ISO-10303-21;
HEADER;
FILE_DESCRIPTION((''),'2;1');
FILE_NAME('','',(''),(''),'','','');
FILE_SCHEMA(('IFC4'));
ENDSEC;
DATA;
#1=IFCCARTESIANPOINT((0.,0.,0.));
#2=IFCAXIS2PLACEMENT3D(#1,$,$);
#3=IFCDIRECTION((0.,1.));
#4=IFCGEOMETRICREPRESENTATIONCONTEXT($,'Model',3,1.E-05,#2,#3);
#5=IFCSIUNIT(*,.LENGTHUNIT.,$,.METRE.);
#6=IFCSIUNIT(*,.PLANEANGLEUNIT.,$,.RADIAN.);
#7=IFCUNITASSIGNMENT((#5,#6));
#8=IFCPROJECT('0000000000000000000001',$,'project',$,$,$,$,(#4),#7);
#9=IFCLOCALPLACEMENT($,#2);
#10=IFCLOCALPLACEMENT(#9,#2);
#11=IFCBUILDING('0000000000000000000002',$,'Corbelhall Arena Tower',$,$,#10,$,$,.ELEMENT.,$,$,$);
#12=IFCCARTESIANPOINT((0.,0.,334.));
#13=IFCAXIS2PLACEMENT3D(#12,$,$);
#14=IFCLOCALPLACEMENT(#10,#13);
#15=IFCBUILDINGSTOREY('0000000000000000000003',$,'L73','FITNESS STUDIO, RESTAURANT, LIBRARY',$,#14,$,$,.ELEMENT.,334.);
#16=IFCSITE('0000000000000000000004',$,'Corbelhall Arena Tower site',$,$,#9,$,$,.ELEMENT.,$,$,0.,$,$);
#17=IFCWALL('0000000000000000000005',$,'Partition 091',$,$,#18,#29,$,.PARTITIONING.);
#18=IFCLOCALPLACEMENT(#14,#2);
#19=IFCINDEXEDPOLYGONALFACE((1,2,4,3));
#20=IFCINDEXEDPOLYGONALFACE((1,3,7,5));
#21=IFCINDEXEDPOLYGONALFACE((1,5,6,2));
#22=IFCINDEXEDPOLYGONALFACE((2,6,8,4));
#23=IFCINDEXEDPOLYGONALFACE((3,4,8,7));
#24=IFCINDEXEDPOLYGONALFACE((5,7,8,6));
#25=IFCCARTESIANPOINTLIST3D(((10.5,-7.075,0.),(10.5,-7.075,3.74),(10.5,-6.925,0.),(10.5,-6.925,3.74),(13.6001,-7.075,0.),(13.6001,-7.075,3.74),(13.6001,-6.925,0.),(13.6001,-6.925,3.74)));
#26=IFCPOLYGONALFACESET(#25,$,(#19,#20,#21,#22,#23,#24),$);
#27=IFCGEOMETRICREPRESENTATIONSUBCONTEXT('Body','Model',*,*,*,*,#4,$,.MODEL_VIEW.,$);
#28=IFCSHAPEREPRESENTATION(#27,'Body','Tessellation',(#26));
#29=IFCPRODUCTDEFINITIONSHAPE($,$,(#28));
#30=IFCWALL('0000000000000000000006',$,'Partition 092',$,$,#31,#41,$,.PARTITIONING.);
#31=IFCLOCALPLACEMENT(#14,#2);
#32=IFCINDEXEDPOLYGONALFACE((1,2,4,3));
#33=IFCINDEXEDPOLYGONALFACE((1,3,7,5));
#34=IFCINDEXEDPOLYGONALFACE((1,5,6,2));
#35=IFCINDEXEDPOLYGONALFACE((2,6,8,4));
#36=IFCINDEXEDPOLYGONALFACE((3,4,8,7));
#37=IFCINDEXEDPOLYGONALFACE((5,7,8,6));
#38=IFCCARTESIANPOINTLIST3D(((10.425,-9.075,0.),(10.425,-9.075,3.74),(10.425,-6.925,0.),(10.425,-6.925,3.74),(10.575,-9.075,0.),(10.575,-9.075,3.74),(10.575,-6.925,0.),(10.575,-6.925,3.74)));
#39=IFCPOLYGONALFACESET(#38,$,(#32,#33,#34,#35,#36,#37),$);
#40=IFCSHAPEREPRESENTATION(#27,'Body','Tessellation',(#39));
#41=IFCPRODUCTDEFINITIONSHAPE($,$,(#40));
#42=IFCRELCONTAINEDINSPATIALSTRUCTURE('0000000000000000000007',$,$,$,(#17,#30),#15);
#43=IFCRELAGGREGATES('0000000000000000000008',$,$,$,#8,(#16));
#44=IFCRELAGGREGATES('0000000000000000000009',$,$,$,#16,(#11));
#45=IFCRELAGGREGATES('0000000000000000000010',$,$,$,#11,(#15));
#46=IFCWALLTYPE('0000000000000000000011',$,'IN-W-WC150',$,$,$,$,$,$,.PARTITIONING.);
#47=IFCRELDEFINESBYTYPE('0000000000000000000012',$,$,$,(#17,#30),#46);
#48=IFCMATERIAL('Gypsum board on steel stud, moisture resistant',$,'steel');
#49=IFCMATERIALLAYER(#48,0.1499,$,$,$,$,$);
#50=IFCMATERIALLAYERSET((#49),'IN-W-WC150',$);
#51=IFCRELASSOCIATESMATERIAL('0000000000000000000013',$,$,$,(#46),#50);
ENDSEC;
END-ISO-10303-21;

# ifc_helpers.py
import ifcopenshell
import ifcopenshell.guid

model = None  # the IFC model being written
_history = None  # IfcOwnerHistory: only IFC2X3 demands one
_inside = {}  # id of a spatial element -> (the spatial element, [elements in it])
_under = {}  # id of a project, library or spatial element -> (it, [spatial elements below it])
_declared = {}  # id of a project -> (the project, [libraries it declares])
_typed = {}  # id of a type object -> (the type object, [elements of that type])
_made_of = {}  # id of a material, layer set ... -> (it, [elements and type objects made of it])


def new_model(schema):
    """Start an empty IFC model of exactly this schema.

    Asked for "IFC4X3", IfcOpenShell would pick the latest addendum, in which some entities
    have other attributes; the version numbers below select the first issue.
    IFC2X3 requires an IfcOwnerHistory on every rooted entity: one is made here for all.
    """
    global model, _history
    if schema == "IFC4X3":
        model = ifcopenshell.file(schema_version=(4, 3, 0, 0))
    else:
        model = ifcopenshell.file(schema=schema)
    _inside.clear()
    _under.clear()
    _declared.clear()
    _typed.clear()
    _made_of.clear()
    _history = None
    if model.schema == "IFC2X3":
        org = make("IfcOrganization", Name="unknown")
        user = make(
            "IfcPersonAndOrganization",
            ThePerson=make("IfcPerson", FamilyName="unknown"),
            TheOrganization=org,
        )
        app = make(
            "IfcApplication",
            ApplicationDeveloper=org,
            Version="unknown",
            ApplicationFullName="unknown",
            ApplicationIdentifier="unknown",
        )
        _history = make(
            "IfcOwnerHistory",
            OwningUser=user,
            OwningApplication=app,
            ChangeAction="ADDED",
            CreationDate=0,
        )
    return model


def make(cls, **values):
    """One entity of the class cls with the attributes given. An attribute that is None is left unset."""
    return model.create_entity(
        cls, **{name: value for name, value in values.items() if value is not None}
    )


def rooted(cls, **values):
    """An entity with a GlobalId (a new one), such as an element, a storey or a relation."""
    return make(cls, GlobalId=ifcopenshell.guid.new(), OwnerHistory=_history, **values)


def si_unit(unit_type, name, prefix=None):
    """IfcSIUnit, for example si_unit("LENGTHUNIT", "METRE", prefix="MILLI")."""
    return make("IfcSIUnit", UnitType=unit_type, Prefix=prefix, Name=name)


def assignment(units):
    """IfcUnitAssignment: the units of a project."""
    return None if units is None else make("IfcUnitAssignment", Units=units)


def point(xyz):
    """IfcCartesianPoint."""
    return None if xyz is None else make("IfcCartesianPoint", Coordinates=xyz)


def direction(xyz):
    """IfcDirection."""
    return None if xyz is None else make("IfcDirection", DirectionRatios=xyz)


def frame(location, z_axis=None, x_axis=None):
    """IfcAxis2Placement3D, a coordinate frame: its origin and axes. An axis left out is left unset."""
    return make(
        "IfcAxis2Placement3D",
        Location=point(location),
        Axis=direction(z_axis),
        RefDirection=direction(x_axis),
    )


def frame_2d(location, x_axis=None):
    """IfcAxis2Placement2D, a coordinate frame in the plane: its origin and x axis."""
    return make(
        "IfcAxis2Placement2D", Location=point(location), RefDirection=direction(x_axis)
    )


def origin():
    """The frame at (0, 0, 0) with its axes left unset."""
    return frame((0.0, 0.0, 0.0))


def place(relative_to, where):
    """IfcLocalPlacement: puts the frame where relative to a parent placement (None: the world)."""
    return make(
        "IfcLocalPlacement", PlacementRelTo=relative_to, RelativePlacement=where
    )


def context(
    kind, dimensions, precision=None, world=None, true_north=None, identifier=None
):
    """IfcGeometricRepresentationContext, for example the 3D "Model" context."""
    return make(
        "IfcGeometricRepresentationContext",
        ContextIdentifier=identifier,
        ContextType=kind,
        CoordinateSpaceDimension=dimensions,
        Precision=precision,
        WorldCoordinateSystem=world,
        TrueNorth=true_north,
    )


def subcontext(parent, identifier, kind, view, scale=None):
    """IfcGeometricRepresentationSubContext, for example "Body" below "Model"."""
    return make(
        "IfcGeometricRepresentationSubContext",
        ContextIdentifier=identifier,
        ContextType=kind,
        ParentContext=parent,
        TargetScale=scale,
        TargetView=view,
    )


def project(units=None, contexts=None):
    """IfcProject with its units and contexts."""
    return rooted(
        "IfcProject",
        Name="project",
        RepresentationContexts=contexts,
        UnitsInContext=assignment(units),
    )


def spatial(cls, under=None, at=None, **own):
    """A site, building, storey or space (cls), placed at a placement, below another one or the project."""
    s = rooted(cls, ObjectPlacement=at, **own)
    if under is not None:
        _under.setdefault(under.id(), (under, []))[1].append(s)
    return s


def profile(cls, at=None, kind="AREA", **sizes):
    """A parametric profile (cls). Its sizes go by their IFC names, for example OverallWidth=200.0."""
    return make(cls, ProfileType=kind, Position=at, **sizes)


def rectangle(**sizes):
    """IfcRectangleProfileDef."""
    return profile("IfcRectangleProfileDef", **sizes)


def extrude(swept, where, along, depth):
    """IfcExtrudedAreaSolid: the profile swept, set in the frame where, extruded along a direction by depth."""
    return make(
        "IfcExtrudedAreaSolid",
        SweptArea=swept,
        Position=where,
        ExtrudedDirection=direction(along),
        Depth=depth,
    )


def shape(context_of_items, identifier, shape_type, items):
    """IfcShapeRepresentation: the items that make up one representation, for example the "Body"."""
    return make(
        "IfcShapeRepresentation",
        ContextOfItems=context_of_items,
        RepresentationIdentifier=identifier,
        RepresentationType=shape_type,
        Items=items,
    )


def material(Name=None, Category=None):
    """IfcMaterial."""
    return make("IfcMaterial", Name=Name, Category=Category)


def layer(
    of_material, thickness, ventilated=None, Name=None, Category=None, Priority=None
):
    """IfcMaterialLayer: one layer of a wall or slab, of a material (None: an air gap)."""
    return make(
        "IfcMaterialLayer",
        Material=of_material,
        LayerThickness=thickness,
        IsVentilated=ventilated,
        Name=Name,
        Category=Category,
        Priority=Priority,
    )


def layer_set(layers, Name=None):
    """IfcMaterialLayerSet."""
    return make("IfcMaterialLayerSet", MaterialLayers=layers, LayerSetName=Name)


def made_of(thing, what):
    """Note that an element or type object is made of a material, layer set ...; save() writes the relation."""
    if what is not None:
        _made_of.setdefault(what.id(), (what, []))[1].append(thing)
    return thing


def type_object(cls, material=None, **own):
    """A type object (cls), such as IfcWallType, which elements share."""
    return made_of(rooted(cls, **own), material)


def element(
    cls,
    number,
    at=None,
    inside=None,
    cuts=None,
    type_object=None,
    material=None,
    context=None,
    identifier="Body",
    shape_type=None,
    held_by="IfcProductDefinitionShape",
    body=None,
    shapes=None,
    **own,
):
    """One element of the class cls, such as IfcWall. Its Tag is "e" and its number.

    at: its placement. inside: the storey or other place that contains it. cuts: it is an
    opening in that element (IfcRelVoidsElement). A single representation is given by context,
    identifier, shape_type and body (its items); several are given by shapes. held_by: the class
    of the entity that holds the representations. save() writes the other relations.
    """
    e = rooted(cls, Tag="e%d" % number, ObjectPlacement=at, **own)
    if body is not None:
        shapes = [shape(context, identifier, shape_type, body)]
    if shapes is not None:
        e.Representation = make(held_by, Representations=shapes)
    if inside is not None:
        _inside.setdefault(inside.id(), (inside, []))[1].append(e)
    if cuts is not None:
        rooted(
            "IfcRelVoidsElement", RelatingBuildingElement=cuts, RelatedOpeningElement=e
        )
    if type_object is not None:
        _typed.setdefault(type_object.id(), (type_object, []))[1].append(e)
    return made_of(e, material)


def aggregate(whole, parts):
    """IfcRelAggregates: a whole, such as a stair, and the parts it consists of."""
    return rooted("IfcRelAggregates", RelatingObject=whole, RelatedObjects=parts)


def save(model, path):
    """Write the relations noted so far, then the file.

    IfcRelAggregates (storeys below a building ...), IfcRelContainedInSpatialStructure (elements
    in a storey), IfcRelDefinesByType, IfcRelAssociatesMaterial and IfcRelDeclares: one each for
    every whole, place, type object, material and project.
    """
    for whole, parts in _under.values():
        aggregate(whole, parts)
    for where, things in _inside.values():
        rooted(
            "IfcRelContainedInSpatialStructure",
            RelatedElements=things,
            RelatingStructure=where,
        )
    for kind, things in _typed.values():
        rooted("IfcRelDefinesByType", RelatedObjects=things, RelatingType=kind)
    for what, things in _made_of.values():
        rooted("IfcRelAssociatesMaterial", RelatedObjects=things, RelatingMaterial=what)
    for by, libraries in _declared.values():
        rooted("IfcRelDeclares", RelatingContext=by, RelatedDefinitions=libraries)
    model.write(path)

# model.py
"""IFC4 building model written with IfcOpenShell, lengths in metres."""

from ifc_helpers import new_model, si_unit, direction, frame, frame_2d, origin, place, context, subcontext, project, spatial, rectangle, extrude, material, layer, layer_set, type_object, element, save


model = new_model("IFC4")

# Units and contexts
model_context = context("Model", 3, precision=1e-05, world=origin(), true_north=direction((0.0, 1.0)))
body_context = subcontext(model_context, "Body", "Model", "MODEL_VIEW")
ifc_project = project(units=[si_unit("LENGTHUNIT", "METRE"), si_unit("PLANEANGLEUNIT", "RADIAN")], contexts=[model_context])

# Site, building, storey
site_placement = place(None, origin())
site = spatial("IfcSite", under=ifc_project, at=site_placement, Name="Corbelhall Arena Tower site", CompositionType="ELEMENT", RefElevation=0.0)
building_placement = place(site_placement, origin())
building = spatial("IfcBuilding", under=site, at=building_placement, Name="Corbelhall Arena Tower", CompositionType="ELEMENT")
storey_placement = place(building_placement, frame((0.0, 0.0, 334.0)))
storey = spatial("IfcBuildingStorey", under=building, at=storey_placement, Name="L73", Description="FITNESS STUDIO, RESTAURANT, LIBRARY", CompositionType="ELEMENT", Elevation=334.0)

# Walls
ifc_material_1 = material(Name="Gypsum board on steel stud, moisture resistant", Category="steel")
ifc_layer_1 = layer(ifc_material_1, 0.1499)
ifc_layer_set_1 = layer_set([ifc_layer_1], Name="IN-W-WC150")
wall_type_1 = type_object("IfcWallType", Name="IN-W-WC150", PredefinedType="PARTITIONING", material=ifc_layer_set_1)
wall_1_placement = place(storey_placement, frame((10.5, -7.0, 0.0), z_axis=(0.0, 0.0, 1.0), x_axis=(1.0, 0.0, 0.0)))
element("IfcWall", 1, at=wall_1_placement, inside=storey, type_object=wall_type_1, Name="Partition 091", PredefinedType="PARTITIONING", context=body_context, shape_type="SweptSolid", body=[
    extrude(rectangle(XDim=3.1001, YDim=0.1499, at=frame_2d((1.55, 0.0))), origin(), (0.0, 0.0, 1.0), 3.74),
])
wall_2_placement = place(storey_placement, frame((10.5, -6.925, 0.0), z_axis=(0.0, 0.0, 1.0), x_axis=(0.0, -1.0, 0.0)))
element("IfcWall", 2, at=wall_2_placement, inside=storey, type_object=wall_type_1, Name="Partition 092", PredefinedType="PARTITIONING", context=body_context, shape_type="SweptSolid", body=[
    extrude(rectangle(XDim=2.1499, YDim=0.1499, at=frame_2d((1.075, 0.0))), origin(), (0.0, 0.0, 1.0), 3.74),
])

save(model, "model.ifc")
